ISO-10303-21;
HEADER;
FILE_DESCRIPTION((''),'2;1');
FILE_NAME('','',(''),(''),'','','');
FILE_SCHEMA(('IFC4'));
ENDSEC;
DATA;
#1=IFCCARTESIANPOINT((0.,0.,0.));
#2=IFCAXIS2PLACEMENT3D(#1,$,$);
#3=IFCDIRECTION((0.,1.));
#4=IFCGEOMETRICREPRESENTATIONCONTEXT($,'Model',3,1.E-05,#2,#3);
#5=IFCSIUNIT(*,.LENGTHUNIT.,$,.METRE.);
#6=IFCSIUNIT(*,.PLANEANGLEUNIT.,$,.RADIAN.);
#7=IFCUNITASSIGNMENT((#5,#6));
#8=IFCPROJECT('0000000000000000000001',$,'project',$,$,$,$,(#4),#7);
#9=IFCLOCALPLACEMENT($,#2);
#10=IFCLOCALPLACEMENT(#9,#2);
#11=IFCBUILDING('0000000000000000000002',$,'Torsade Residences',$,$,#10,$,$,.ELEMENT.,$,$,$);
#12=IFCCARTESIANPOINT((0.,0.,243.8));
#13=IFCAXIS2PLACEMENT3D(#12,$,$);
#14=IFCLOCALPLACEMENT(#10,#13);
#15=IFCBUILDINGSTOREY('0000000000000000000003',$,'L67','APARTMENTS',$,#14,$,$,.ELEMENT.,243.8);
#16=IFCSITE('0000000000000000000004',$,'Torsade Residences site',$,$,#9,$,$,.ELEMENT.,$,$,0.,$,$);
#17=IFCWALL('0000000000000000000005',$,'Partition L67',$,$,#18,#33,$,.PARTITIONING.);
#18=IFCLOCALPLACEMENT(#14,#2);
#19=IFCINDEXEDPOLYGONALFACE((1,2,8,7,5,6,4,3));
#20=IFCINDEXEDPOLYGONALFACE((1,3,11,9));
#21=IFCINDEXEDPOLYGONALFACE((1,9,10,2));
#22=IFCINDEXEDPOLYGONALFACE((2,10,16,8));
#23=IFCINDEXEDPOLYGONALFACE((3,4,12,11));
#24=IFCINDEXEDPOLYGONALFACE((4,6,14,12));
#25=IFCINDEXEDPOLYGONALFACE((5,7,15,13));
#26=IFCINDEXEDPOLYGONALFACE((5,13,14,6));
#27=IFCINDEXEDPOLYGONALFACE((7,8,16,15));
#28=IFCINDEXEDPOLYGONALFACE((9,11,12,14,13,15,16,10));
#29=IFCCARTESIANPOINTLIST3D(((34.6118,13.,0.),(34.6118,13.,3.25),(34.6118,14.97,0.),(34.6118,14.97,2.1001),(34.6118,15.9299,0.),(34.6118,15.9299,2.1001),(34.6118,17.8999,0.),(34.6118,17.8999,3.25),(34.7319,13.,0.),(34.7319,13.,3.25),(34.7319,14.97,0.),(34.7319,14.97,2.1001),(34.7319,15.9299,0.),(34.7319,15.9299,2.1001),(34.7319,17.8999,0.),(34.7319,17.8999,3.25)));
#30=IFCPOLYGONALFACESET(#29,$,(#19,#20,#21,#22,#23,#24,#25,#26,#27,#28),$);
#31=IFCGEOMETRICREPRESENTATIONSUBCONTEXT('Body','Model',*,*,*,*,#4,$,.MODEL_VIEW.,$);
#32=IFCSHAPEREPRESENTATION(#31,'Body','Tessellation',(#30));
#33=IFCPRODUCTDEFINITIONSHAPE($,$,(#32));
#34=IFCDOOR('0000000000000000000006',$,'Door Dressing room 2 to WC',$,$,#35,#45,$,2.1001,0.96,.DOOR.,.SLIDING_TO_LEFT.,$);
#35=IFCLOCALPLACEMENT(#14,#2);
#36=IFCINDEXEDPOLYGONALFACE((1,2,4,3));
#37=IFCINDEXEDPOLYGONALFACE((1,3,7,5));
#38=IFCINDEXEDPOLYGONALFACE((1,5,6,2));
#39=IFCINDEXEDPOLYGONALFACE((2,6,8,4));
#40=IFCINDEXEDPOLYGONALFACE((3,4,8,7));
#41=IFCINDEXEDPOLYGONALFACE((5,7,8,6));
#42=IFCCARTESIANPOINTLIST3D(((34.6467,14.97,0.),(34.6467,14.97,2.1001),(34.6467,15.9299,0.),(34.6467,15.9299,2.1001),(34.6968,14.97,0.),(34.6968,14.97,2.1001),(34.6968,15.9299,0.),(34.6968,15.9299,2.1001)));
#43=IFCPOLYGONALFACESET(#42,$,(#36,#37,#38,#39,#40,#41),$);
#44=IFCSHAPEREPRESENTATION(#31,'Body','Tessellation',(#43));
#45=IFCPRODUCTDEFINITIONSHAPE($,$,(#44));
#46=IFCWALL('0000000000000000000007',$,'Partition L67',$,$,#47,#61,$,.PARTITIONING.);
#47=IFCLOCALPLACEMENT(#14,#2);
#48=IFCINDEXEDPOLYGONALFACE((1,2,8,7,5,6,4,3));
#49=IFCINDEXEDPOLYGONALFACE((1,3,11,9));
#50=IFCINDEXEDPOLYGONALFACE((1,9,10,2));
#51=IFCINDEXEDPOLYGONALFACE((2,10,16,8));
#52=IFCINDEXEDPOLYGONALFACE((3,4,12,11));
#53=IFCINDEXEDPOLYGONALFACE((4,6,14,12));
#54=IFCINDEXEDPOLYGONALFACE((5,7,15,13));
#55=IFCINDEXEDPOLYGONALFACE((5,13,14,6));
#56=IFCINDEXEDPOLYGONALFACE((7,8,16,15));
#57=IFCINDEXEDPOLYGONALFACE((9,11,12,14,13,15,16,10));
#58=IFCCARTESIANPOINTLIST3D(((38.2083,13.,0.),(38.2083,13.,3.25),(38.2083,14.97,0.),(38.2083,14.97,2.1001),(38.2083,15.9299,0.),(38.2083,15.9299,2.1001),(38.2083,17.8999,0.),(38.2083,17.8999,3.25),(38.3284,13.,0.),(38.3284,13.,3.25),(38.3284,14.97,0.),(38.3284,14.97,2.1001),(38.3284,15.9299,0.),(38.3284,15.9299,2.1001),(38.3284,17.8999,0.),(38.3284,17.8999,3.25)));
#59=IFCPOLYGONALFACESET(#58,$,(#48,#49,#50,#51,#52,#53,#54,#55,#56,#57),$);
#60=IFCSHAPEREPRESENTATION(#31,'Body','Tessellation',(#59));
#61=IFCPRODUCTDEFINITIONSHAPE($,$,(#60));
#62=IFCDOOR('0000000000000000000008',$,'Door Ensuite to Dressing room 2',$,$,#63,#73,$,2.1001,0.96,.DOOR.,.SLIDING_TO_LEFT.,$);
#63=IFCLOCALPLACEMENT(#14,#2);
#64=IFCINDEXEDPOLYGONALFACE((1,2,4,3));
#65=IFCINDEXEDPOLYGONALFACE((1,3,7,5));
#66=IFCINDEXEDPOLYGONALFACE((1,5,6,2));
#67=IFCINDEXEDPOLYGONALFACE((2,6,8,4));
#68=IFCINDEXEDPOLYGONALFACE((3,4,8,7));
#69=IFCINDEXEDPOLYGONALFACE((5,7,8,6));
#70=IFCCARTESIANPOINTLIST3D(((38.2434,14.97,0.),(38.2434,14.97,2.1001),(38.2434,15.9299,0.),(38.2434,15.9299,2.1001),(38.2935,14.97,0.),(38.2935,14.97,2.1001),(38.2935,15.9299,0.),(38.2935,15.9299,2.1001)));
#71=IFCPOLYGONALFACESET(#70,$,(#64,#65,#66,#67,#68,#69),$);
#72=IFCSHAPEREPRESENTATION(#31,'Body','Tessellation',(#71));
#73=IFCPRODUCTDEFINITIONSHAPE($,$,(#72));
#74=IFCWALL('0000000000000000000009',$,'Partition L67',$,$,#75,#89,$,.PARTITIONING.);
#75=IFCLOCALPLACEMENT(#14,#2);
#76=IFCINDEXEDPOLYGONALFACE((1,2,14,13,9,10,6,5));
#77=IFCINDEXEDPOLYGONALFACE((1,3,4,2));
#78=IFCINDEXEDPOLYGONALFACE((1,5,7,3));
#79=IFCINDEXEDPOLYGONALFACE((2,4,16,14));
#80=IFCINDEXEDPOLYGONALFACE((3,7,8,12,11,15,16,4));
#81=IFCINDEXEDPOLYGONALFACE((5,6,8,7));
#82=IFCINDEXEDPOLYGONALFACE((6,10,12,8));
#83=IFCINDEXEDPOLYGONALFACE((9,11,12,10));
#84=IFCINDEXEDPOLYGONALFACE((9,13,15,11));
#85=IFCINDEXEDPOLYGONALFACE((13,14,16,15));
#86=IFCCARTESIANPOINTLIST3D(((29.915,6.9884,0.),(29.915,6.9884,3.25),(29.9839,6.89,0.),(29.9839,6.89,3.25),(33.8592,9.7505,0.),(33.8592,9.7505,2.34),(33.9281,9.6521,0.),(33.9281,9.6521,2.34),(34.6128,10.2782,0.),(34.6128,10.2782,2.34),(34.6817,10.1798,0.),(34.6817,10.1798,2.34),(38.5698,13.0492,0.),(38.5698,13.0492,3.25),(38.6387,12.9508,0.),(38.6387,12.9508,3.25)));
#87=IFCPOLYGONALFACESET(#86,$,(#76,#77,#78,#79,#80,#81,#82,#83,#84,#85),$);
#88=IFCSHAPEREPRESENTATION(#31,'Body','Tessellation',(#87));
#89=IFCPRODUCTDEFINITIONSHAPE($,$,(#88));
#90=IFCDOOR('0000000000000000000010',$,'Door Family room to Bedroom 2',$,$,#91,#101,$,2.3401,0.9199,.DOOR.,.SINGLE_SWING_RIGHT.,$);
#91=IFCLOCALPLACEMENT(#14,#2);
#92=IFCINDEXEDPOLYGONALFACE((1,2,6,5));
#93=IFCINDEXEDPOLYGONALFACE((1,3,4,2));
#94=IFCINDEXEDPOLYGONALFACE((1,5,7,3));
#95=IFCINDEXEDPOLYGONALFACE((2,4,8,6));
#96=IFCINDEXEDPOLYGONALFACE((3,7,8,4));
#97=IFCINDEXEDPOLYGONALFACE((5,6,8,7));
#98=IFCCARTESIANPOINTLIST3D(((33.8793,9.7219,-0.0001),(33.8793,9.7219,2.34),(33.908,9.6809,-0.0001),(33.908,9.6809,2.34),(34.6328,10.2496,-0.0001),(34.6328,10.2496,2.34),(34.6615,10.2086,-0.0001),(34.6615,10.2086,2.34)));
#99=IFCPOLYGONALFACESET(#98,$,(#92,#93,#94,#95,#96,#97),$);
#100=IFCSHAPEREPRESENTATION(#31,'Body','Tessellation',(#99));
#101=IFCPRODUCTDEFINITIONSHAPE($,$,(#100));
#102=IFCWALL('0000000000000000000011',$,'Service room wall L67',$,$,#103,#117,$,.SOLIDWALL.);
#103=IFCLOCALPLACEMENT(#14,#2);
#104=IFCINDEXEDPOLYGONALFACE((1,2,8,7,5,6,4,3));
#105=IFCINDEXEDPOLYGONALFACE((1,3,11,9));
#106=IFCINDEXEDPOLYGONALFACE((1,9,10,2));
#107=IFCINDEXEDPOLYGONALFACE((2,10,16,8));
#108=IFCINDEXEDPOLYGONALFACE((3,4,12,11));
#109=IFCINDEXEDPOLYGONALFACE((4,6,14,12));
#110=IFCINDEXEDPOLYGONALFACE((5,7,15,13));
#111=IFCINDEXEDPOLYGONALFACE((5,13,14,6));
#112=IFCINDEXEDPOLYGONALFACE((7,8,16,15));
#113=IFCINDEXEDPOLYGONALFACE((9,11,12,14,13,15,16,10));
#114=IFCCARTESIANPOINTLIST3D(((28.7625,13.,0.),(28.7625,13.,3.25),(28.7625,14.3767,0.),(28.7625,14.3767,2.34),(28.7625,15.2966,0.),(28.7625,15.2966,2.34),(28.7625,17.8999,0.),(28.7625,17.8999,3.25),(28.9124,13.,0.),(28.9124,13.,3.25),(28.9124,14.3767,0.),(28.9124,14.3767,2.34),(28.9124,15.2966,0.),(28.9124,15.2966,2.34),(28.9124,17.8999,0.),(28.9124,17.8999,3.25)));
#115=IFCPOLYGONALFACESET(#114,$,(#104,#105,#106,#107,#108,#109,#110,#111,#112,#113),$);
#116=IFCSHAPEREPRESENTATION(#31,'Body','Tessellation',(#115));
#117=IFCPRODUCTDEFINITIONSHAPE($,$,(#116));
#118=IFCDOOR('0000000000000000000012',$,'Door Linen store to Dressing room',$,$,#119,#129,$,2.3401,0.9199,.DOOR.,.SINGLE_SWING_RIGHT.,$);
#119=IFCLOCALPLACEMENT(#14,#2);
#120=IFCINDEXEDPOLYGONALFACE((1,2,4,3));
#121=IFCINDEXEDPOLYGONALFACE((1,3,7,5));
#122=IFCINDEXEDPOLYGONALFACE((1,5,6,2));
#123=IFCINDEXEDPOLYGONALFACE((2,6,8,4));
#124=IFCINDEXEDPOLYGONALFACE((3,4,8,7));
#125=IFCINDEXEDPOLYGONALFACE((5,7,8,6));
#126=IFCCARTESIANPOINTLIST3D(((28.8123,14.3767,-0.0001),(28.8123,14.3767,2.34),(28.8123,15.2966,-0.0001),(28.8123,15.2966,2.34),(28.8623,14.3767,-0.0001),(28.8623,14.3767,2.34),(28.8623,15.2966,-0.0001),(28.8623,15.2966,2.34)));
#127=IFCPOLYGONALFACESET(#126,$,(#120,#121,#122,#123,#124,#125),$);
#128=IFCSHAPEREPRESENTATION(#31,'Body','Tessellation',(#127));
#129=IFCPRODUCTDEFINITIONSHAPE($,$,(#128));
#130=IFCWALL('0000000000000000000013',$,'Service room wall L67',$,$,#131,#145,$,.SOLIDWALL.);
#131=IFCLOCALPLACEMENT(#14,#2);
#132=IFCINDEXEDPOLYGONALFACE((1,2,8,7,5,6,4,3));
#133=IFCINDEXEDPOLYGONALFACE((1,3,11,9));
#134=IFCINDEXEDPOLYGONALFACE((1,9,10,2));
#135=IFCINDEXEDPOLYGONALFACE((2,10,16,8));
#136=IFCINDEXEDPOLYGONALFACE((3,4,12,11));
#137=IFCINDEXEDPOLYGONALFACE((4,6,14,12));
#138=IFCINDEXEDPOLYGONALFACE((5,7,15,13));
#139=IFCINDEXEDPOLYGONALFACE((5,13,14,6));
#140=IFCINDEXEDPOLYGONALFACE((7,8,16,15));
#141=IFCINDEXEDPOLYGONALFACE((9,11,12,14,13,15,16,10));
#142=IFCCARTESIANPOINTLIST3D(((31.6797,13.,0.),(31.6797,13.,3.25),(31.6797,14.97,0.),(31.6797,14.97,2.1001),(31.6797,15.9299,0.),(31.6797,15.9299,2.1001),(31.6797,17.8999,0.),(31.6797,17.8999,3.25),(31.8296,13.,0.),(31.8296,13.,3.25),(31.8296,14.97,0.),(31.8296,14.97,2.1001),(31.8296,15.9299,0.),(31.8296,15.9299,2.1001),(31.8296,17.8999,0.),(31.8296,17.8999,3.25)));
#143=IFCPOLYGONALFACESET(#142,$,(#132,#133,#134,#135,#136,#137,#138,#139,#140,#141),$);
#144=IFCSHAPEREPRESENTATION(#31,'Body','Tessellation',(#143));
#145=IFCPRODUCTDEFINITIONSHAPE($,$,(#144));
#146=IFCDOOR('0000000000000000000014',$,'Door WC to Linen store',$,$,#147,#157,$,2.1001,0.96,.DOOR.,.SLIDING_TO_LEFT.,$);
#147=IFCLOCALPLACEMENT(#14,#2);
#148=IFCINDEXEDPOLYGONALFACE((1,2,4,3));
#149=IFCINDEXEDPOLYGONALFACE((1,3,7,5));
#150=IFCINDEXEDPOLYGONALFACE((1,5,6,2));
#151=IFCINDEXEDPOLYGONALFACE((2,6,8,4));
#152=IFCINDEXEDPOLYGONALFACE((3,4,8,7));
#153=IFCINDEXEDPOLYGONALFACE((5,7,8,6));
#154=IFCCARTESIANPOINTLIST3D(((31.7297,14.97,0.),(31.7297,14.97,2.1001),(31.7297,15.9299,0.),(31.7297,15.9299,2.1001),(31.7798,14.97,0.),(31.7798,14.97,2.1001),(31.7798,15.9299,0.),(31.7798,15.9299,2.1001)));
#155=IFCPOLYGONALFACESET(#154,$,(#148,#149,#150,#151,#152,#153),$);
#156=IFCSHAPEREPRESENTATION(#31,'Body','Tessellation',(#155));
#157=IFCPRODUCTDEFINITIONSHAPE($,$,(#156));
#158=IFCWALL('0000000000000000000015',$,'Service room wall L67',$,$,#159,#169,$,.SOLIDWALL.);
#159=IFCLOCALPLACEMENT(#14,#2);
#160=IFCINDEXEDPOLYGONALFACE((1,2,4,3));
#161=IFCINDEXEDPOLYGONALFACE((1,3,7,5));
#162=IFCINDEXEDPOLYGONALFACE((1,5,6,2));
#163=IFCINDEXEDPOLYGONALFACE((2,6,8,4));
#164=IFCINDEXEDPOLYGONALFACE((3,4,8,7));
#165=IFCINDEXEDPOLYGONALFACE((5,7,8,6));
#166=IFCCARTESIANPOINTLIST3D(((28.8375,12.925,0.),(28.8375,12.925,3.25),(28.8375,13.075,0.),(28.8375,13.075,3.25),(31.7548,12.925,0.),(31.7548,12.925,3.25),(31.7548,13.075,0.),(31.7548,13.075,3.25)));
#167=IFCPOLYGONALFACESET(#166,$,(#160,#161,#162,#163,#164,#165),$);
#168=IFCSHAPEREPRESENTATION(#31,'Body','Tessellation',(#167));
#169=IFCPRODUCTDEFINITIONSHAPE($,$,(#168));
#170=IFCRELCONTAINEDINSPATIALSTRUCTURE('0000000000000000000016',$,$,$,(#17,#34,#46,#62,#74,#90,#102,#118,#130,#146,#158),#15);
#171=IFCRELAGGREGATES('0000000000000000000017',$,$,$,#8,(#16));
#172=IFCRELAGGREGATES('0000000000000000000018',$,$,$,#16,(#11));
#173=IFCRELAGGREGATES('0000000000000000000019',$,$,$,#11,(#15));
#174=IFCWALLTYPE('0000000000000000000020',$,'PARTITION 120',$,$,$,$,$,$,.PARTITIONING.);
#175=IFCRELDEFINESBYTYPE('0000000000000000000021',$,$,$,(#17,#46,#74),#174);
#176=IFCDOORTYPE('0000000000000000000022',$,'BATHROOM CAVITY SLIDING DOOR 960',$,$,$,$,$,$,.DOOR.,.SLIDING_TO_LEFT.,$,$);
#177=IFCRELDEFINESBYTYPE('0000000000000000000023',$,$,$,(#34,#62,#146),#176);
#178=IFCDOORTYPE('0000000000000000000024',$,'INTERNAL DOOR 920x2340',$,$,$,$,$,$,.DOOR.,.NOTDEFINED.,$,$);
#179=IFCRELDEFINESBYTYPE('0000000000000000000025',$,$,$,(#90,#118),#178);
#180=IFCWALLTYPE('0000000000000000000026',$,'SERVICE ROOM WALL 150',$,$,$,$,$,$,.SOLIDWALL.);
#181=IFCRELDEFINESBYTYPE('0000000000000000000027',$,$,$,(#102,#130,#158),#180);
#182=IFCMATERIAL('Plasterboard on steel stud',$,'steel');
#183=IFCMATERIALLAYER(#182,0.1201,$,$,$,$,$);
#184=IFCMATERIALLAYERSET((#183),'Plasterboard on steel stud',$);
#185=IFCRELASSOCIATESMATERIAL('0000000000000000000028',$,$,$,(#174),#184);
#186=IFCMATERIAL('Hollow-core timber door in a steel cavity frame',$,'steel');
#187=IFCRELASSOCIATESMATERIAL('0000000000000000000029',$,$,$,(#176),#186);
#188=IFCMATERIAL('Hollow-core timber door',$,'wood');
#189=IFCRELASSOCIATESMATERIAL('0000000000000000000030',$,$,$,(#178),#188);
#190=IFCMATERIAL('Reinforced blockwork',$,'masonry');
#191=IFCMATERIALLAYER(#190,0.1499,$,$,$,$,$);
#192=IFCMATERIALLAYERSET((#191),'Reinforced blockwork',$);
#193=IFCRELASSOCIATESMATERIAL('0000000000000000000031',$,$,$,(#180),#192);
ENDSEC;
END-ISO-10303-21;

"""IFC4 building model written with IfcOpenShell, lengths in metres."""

from ifc_helpers import new_model, si_unit, direction, frame, frame_2d, origin, place, context, subcontext, project, spatial, rectangle, extrude, material, layer, layer_set, type_object, element, fill, save


model = new_model("IFC4")

# Units and contexts
model_context = context("Model", 3, precision=1e-05, world=origin(), true_north=direction((0.0, 1.0)))
body_context = subcontext(model_context, "Body", "Model", "MODEL_VIEW")
ifc_project = project(units=[si_unit("LENGTHUNIT", "METRE"), si_unit("PLANEANGLEUNIT", "RADIAN")], contexts=[model_context])

# Site, building, storey
site_placement = place(None, origin())
site = spatial("IfcSite", under=ifc_project, at=site_placement, Name="Torsade Residences site", CompositionType="ELEMENT", RefElevation=0.0)
building_placement = place(site_placement, origin())
building = spatial("IfcBuilding", under=site, at=building_placement, Name="Torsade Residences", CompositionType="ELEMENT")
storey_placement = place(building_placement, frame((0.0, 0.0, 243.8)))
storey = spatial("IfcBuildingStorey", under=building, at=storey_placement, Name="L67", Description="APARTMENTS", CompositionType="ELEMENT", Elevation=243.8)

# Shared definitions
ifc_material_1 = material(Name="Plasterboard on steel stud", Category="steel")
ifc_layer_1 = layer(ifc_material_1, 0.1201)
ifc_layer_set_1 = layer_set([ifc_layer_1], Name="Plasterboard on steel stud")
wall_type_1 = type_object("IfcWallType", Name="PARTITION 120", PredefinedType="PARTITIONING", material=ifc_layer_set_1)
ifc_material_2 = material(Name="Hollow-core timber door in a steel cavity frame", Category="steel")
door_type_1 = type_object("IfcDoorType", Name="BATHROOM CAVITY SLIDING DOOR 960", OperationType="SLIDING_TO_LEFT", PredefinedType="DOOR", material=ifc_material_2)

# Walls, openings, doors
wall_1_placement = place(storey_placement, frame((34.6719, 17.8999, 0.0), z_axis=(0.0, 0.0, 1.0), x_axis=(0.0, -1.0, 0.0)))
wall_1 = element("IfcWall", 1, at=wall_1_placement, inside=storey, type_object=wall_type_1, Name="Partition L67", PredefinedType="PARTITIONING", context=body_context, shape_type="SweptSolid", body=[
    extrude(rectangle(XDim=4.8999, YDim=0.1201, at=frame_2d((2.45, 0.0))), origin(), (0.0, 0.0, 1.0), 3.25),
])
opening_1_placement = place(wall_1_placement, frame((1.97, 0.0, 0.0)))
opening_1 = element("IfcOpeningElement", 2, at=opening_1_placement, cuts=wall_1, PredefinedType="OPENING", context=body_context, shape_type="SweptSolid", body=[
    extrude(rectangle(XDim=0.96, YDim=2.1001, at=frame_2d((0.48, 1.05))), frame((0.0, 0.0701, 0.0), z_axis=(0.0, -1.0, 0.0), x_axis=(1.0, 0.0, 0.0)), (0.0, 0.0, 1.0), 0.1401),
])
door_1_placement = place(opening_1_placement, origin())
door_1 = element("IfcDoor", 3, at=door_1_placement, inside=storey, type_object=door_type_1, Name="Door Dressing room 2 to WC", OperationType="SLIDING_TO_LEFT", OverallHeight=2.1001, OverallWidth=0.96, PredefinedType="DOOR", context=body_context, shape_type="SweptSolid", body=[
    extrude(rectangle(XDim=0.96, YDim=2.1001, at=frame_2d((0.48, 1.05))), frame((0.0, 0.0249, 0.0), z_axis=(0.0, -1.0, 0.0), x_axis=(1.0, 0.0, 0.0)), (0.0, 0.0, 1.0), 0.05),
])
fill(opening_1, door_1)
wall_2_placement = place(storey_placement, frame((38.2683, 13.0, 0.0), z_axis=(0.0, 0.0, 1.0), x_axis=(0.0, 1.0, 0.0)))
wall_2 = element("IfcWall", 4, at=wall_2_placement, inside=storey, type_object=wall_type_1, Name="Partition L67", PredefinedType="PARTITIONING", context=body_context, shape_type="SweptSolid", body=[
    extrude(rectangle(XDim=4.8999, YDim=0.1201, at=frame_2d((2.45, 0.0))), origin(), (0.0, 0.0, 1.0), 3.25),
])
opening_2_placement = place(wall_2_placement, frame((1.97, 0.0, 0.0)))
opening_2 = element("IfcOpeningElement", 5, at=opening_2_placement, cuts=wall_2, PredefinedType="OPENING", context=body_context, shape_type="SweptSolid", body=[
    extrude(rectangle(XDim=0.96, YDim=2.1001, at=frame_2d((0.48, 1.05))), frame((0.0, 0.0701, 0.0), z_axis=(0.0, -1.0, 0.0), x_axis=(1.0, 0.0, 0.0)), (0.0, 0.0, 1.0), 0.1401),
])
door_2_placement = place(opening_2_placement, origin())
door_2 = element("IfcDoor", 6, at=door_2_placement, inside=storey, type_object=door_type_1, Name="Door Ensuite to Dressing room 2", OperationType="SLIDING_TO_LEFT", OverallHeight=2.1001, OverallWidth=0.96, PredefinedType="DOOR", context=body_context, shape_type="SweptSolid", body=[
    extrude(rectangle(XDim=0.96, YDim=2.1001, at=frame_2d((0.48, 1.05))), frame((0.0, 0.0249, 0.0), z_axis=(0.0, -1.0, 0.0), x_axis=(1.0, 0.0, 0.0)), (0.0, 0.0, 1.0), 0.05),
])
fill(opening_2, door_2)
wall_3_placement = place(storey_placement, frame((38.6042, 13.0, 0.0), z_axis=(0.0, 0.0, 1.0), x_axis=(-0.819123, -0.573617, 0.0)))
wall_3 = element("IfcWall", 7, at=wall_3_placement, inside=storey, type_object=wall_type_1, Name="Partition L67", PredefinedType="PARTITIONING", context=body_context, shape_type="SweptSolid", body=[
    extrude(rectangle(XDim=10.5659, YDim=0.1201, at=frame_2d((5.283, 0.0))), origin(), (0.0, 0.0, 1.0), 3.25),
])
opening_3_placement = place(wall_3_placement, frame((4.8308, 0.0, 0.0)))
opening_3 = element("IfcOpeningElement", 8, at=opening_3_placement, cuts=wall_3, PredefinedType="OPENING", context=body_context, shape_type="SweptSolid", body=[
    extrude(rectangle(XDim=0.9199, YDim=2.3401, at=frame_2d((0.46, 1.1699))), frame((0.0, 0.0701, 0.0), z_axis=(0.0, -1.0, 0.0), x_axis=(1.0, 0.0, 0.0)), (0.0, 0.0, 1.0), 0.1401),
])
ifc_material_3 = material(Name="Hollow-core timber door", Category="wood")
door_type_2 = type_object("IfcDoorType", Name="INTERNAL DOOR 920x2340", OperationType="NOTDEFINED", PredefinedType="DOOR", material=ifc_material_3)
door_3_placement = place(opening_3_placement, origin())
door_3 = element("IfcDoor", 9, at=door_3_placement, inside=storey, type_object=door_type_2, Name="Door Family room to Bedroom 2", OperationType="SINGLE_SWING_RIGHT", OverallHeight=2.3401, OverallWidth=0.9199, PredefinedType="DOOR", context=body_context, shape_type="SweptSolid", body=[
    extrude(rectangle(XDim=0.9199, YDim=2.3401, at=frame_2d((0.46, 1.1699))), frame((0.0, 0.0249, 0.0), z_axis=(0.0, -1.0, 0.0), x_axis=(1.0, 0.0, 0.0)), (0.0, 0.0, 1.0), 0.05),
])
fill(opening_3, door_3)
ifc_material_4 = material(Name="Reinforced blockwork", Category="masonry")
ifc_layer_2 = layer(ifc_material_4, 0.1499)
ifc_layer_set_2 = layer_set([ifc_layer_2], Name="Reinforced blockwork")
wall_type_2 = type_object("IfcWallType", Name="SERVICE ROOM WALL 150", PredefinedType="SOLIDWALL", material=ifc_layer_set_2)
wall_4_placement = place(storey_placement, frame((28.8374, 17.8999, 0.0), z_axis=(0.0, 0.0, 1.0), x_axis=(0.0, -1.0, 0.0)))
wall_4 = element("IfcWall", 10, at=wall_4_placement, inside=storey, type_object=wall_type_2, Name="Service room wall L67", PredefinedType="SOLIDWALL", context=body_context, shape_type="SweptSolid", body=[
    extrude(rectangle(XDim=4.8999, YDim=0.1499, at=frame_2d((2.45, 0.0))), origin(), (0.0, 0.0, 1.0), 3.25),
])
opening_4_placement = place(wall_4_placement, frame((2.6033, 0.0, 0.0)))
opening_4 = element("IfcOpeningElement", 11, at=opening_4_placement, cuts=wall_4, PredefinedType="OPENING", context=body_context, shape_type="SweptSolid", body=[
    extrude(rectangle(XDim=0.9199, YDim=2.3401, at=frame_2d((0.46, 1.1699))), frame((0.0, 0.085, 0.0), z_axis=(0.0, -1.0, 0.0), x_axis=(1.0, 0.0, 0.0)), (0.0, 0.0, 1.0), 0.1699),
])
door_4_placement = place(opening_4_placement, origin())
door_4 = element("IfcDoor", 12, at=door_4_placement, inside=storey, type_object=door_type_2, Name="Door Linen store to Dressing room", OperationType="SINGLE_SWING_RIGHT", OverallHeight=2.3401, OverallWidth=0.9199, PredefinedType="DOOR", context=body_context, shape_type="SweptSolid", body=[
    extrude(rectangle(XDim=0.9199, YDim=2.3401, at=frame_2d((0.46, 1.1699))), frame((0.0, 0.0249, 0.0), z_axis=(0.0, -1.0, 0.0), x_axis=(1.0, 0.0, 0.0)), (0.0, 0.0, 1.0), 0.05),
])
fill(opening_4, door_4)
wall_5_placement = place(storey_placement, frame((31.7546, 13.0, 0.0), z_axis=(0.0, 0.0, 1.0), x_axis=(0.0, 1.0, 0.0)))
wall_5 = element("IfcWall", 13, at=wall_5_placement, inside=storey, type_object=wall_type_2, Name="Service room wall L67", PredefinedType="SOLIDWALL", context=body_context, shape_type="SweptSolid", body=[
    extrude(rectangle(XDim=4.8999, YDim=0.1499, at=frame_2d((2.45, 0.0))), origin(), (0.0, 0.0, 1.0), 3.25),
])
opening_5_placement = place(wall_5_placement, frame((1.97, 0.0, 0.0)))
opening_5 = element("IfcOpeningElement", 14, at=opening_5_placement, cuts=wall_5, PredefinedType="OPENING", context=body_context, shape_type="SweptSolid", body=[
    extrude(rectangle(XDim=0.96, YDim=2.1001, at=frame_2d((0.48, 1.05))), frame((0.0, 0.085, 0.0), z_axis=(0.0, -1.0, 0.0), x_axis=(1.0, 0.0, 0.0)), (0.0, 0.0, 1.0), 0.1699),
])
door_5_placement = place(opening_5_placement, origin())
door_5 = element("IfcDoor", 15, at=door_5_placement, inside=storey, type_object=door_type_1, Name="Door WC to Linen store", OperationType="SLIDING_TO_LEFT", OverallHeight=2.1001, OverallWidth=0.96, PredefinedType="DOOR", context=body_context, shape_type="SweptSolid", body=[
    extrude(rectangle(XDim=0.96, YDim=2.1001, at=frame_2d((0.48, 1.05))), frame((0.0, 0.0249, 0.0), z_axis=(0.0, -1.0, 0.0), x_axis=(1.0, 0.0, 0.0)), (0.0, 0.0, 1.0), 0.05),
])
fill(opening_5, door_5)

# Wall
wall_6_placement = place(storey_placement, frame((31.7546, 13.0, 0.0), z_axis=(0.0, 0.0, 1.0), x_axis=(-1.0, 0.0, 0.0)))
element("IfcWall", 16, at=wall_6_placement, inside=storey, type_object=wall_type_2, Name="Service room wall L67", PredefinedType="SOLIDWALL", context=body_context, shape_type="SweptSolid", body=[
    extrude(rectangle(XDim=2.9172, YDim=0.1499, at=frame_2d((1.4585, 0.0))), origin(), (0.0, 0.0, 1.0), 3.25),
])

save(model, "model.ifc")
